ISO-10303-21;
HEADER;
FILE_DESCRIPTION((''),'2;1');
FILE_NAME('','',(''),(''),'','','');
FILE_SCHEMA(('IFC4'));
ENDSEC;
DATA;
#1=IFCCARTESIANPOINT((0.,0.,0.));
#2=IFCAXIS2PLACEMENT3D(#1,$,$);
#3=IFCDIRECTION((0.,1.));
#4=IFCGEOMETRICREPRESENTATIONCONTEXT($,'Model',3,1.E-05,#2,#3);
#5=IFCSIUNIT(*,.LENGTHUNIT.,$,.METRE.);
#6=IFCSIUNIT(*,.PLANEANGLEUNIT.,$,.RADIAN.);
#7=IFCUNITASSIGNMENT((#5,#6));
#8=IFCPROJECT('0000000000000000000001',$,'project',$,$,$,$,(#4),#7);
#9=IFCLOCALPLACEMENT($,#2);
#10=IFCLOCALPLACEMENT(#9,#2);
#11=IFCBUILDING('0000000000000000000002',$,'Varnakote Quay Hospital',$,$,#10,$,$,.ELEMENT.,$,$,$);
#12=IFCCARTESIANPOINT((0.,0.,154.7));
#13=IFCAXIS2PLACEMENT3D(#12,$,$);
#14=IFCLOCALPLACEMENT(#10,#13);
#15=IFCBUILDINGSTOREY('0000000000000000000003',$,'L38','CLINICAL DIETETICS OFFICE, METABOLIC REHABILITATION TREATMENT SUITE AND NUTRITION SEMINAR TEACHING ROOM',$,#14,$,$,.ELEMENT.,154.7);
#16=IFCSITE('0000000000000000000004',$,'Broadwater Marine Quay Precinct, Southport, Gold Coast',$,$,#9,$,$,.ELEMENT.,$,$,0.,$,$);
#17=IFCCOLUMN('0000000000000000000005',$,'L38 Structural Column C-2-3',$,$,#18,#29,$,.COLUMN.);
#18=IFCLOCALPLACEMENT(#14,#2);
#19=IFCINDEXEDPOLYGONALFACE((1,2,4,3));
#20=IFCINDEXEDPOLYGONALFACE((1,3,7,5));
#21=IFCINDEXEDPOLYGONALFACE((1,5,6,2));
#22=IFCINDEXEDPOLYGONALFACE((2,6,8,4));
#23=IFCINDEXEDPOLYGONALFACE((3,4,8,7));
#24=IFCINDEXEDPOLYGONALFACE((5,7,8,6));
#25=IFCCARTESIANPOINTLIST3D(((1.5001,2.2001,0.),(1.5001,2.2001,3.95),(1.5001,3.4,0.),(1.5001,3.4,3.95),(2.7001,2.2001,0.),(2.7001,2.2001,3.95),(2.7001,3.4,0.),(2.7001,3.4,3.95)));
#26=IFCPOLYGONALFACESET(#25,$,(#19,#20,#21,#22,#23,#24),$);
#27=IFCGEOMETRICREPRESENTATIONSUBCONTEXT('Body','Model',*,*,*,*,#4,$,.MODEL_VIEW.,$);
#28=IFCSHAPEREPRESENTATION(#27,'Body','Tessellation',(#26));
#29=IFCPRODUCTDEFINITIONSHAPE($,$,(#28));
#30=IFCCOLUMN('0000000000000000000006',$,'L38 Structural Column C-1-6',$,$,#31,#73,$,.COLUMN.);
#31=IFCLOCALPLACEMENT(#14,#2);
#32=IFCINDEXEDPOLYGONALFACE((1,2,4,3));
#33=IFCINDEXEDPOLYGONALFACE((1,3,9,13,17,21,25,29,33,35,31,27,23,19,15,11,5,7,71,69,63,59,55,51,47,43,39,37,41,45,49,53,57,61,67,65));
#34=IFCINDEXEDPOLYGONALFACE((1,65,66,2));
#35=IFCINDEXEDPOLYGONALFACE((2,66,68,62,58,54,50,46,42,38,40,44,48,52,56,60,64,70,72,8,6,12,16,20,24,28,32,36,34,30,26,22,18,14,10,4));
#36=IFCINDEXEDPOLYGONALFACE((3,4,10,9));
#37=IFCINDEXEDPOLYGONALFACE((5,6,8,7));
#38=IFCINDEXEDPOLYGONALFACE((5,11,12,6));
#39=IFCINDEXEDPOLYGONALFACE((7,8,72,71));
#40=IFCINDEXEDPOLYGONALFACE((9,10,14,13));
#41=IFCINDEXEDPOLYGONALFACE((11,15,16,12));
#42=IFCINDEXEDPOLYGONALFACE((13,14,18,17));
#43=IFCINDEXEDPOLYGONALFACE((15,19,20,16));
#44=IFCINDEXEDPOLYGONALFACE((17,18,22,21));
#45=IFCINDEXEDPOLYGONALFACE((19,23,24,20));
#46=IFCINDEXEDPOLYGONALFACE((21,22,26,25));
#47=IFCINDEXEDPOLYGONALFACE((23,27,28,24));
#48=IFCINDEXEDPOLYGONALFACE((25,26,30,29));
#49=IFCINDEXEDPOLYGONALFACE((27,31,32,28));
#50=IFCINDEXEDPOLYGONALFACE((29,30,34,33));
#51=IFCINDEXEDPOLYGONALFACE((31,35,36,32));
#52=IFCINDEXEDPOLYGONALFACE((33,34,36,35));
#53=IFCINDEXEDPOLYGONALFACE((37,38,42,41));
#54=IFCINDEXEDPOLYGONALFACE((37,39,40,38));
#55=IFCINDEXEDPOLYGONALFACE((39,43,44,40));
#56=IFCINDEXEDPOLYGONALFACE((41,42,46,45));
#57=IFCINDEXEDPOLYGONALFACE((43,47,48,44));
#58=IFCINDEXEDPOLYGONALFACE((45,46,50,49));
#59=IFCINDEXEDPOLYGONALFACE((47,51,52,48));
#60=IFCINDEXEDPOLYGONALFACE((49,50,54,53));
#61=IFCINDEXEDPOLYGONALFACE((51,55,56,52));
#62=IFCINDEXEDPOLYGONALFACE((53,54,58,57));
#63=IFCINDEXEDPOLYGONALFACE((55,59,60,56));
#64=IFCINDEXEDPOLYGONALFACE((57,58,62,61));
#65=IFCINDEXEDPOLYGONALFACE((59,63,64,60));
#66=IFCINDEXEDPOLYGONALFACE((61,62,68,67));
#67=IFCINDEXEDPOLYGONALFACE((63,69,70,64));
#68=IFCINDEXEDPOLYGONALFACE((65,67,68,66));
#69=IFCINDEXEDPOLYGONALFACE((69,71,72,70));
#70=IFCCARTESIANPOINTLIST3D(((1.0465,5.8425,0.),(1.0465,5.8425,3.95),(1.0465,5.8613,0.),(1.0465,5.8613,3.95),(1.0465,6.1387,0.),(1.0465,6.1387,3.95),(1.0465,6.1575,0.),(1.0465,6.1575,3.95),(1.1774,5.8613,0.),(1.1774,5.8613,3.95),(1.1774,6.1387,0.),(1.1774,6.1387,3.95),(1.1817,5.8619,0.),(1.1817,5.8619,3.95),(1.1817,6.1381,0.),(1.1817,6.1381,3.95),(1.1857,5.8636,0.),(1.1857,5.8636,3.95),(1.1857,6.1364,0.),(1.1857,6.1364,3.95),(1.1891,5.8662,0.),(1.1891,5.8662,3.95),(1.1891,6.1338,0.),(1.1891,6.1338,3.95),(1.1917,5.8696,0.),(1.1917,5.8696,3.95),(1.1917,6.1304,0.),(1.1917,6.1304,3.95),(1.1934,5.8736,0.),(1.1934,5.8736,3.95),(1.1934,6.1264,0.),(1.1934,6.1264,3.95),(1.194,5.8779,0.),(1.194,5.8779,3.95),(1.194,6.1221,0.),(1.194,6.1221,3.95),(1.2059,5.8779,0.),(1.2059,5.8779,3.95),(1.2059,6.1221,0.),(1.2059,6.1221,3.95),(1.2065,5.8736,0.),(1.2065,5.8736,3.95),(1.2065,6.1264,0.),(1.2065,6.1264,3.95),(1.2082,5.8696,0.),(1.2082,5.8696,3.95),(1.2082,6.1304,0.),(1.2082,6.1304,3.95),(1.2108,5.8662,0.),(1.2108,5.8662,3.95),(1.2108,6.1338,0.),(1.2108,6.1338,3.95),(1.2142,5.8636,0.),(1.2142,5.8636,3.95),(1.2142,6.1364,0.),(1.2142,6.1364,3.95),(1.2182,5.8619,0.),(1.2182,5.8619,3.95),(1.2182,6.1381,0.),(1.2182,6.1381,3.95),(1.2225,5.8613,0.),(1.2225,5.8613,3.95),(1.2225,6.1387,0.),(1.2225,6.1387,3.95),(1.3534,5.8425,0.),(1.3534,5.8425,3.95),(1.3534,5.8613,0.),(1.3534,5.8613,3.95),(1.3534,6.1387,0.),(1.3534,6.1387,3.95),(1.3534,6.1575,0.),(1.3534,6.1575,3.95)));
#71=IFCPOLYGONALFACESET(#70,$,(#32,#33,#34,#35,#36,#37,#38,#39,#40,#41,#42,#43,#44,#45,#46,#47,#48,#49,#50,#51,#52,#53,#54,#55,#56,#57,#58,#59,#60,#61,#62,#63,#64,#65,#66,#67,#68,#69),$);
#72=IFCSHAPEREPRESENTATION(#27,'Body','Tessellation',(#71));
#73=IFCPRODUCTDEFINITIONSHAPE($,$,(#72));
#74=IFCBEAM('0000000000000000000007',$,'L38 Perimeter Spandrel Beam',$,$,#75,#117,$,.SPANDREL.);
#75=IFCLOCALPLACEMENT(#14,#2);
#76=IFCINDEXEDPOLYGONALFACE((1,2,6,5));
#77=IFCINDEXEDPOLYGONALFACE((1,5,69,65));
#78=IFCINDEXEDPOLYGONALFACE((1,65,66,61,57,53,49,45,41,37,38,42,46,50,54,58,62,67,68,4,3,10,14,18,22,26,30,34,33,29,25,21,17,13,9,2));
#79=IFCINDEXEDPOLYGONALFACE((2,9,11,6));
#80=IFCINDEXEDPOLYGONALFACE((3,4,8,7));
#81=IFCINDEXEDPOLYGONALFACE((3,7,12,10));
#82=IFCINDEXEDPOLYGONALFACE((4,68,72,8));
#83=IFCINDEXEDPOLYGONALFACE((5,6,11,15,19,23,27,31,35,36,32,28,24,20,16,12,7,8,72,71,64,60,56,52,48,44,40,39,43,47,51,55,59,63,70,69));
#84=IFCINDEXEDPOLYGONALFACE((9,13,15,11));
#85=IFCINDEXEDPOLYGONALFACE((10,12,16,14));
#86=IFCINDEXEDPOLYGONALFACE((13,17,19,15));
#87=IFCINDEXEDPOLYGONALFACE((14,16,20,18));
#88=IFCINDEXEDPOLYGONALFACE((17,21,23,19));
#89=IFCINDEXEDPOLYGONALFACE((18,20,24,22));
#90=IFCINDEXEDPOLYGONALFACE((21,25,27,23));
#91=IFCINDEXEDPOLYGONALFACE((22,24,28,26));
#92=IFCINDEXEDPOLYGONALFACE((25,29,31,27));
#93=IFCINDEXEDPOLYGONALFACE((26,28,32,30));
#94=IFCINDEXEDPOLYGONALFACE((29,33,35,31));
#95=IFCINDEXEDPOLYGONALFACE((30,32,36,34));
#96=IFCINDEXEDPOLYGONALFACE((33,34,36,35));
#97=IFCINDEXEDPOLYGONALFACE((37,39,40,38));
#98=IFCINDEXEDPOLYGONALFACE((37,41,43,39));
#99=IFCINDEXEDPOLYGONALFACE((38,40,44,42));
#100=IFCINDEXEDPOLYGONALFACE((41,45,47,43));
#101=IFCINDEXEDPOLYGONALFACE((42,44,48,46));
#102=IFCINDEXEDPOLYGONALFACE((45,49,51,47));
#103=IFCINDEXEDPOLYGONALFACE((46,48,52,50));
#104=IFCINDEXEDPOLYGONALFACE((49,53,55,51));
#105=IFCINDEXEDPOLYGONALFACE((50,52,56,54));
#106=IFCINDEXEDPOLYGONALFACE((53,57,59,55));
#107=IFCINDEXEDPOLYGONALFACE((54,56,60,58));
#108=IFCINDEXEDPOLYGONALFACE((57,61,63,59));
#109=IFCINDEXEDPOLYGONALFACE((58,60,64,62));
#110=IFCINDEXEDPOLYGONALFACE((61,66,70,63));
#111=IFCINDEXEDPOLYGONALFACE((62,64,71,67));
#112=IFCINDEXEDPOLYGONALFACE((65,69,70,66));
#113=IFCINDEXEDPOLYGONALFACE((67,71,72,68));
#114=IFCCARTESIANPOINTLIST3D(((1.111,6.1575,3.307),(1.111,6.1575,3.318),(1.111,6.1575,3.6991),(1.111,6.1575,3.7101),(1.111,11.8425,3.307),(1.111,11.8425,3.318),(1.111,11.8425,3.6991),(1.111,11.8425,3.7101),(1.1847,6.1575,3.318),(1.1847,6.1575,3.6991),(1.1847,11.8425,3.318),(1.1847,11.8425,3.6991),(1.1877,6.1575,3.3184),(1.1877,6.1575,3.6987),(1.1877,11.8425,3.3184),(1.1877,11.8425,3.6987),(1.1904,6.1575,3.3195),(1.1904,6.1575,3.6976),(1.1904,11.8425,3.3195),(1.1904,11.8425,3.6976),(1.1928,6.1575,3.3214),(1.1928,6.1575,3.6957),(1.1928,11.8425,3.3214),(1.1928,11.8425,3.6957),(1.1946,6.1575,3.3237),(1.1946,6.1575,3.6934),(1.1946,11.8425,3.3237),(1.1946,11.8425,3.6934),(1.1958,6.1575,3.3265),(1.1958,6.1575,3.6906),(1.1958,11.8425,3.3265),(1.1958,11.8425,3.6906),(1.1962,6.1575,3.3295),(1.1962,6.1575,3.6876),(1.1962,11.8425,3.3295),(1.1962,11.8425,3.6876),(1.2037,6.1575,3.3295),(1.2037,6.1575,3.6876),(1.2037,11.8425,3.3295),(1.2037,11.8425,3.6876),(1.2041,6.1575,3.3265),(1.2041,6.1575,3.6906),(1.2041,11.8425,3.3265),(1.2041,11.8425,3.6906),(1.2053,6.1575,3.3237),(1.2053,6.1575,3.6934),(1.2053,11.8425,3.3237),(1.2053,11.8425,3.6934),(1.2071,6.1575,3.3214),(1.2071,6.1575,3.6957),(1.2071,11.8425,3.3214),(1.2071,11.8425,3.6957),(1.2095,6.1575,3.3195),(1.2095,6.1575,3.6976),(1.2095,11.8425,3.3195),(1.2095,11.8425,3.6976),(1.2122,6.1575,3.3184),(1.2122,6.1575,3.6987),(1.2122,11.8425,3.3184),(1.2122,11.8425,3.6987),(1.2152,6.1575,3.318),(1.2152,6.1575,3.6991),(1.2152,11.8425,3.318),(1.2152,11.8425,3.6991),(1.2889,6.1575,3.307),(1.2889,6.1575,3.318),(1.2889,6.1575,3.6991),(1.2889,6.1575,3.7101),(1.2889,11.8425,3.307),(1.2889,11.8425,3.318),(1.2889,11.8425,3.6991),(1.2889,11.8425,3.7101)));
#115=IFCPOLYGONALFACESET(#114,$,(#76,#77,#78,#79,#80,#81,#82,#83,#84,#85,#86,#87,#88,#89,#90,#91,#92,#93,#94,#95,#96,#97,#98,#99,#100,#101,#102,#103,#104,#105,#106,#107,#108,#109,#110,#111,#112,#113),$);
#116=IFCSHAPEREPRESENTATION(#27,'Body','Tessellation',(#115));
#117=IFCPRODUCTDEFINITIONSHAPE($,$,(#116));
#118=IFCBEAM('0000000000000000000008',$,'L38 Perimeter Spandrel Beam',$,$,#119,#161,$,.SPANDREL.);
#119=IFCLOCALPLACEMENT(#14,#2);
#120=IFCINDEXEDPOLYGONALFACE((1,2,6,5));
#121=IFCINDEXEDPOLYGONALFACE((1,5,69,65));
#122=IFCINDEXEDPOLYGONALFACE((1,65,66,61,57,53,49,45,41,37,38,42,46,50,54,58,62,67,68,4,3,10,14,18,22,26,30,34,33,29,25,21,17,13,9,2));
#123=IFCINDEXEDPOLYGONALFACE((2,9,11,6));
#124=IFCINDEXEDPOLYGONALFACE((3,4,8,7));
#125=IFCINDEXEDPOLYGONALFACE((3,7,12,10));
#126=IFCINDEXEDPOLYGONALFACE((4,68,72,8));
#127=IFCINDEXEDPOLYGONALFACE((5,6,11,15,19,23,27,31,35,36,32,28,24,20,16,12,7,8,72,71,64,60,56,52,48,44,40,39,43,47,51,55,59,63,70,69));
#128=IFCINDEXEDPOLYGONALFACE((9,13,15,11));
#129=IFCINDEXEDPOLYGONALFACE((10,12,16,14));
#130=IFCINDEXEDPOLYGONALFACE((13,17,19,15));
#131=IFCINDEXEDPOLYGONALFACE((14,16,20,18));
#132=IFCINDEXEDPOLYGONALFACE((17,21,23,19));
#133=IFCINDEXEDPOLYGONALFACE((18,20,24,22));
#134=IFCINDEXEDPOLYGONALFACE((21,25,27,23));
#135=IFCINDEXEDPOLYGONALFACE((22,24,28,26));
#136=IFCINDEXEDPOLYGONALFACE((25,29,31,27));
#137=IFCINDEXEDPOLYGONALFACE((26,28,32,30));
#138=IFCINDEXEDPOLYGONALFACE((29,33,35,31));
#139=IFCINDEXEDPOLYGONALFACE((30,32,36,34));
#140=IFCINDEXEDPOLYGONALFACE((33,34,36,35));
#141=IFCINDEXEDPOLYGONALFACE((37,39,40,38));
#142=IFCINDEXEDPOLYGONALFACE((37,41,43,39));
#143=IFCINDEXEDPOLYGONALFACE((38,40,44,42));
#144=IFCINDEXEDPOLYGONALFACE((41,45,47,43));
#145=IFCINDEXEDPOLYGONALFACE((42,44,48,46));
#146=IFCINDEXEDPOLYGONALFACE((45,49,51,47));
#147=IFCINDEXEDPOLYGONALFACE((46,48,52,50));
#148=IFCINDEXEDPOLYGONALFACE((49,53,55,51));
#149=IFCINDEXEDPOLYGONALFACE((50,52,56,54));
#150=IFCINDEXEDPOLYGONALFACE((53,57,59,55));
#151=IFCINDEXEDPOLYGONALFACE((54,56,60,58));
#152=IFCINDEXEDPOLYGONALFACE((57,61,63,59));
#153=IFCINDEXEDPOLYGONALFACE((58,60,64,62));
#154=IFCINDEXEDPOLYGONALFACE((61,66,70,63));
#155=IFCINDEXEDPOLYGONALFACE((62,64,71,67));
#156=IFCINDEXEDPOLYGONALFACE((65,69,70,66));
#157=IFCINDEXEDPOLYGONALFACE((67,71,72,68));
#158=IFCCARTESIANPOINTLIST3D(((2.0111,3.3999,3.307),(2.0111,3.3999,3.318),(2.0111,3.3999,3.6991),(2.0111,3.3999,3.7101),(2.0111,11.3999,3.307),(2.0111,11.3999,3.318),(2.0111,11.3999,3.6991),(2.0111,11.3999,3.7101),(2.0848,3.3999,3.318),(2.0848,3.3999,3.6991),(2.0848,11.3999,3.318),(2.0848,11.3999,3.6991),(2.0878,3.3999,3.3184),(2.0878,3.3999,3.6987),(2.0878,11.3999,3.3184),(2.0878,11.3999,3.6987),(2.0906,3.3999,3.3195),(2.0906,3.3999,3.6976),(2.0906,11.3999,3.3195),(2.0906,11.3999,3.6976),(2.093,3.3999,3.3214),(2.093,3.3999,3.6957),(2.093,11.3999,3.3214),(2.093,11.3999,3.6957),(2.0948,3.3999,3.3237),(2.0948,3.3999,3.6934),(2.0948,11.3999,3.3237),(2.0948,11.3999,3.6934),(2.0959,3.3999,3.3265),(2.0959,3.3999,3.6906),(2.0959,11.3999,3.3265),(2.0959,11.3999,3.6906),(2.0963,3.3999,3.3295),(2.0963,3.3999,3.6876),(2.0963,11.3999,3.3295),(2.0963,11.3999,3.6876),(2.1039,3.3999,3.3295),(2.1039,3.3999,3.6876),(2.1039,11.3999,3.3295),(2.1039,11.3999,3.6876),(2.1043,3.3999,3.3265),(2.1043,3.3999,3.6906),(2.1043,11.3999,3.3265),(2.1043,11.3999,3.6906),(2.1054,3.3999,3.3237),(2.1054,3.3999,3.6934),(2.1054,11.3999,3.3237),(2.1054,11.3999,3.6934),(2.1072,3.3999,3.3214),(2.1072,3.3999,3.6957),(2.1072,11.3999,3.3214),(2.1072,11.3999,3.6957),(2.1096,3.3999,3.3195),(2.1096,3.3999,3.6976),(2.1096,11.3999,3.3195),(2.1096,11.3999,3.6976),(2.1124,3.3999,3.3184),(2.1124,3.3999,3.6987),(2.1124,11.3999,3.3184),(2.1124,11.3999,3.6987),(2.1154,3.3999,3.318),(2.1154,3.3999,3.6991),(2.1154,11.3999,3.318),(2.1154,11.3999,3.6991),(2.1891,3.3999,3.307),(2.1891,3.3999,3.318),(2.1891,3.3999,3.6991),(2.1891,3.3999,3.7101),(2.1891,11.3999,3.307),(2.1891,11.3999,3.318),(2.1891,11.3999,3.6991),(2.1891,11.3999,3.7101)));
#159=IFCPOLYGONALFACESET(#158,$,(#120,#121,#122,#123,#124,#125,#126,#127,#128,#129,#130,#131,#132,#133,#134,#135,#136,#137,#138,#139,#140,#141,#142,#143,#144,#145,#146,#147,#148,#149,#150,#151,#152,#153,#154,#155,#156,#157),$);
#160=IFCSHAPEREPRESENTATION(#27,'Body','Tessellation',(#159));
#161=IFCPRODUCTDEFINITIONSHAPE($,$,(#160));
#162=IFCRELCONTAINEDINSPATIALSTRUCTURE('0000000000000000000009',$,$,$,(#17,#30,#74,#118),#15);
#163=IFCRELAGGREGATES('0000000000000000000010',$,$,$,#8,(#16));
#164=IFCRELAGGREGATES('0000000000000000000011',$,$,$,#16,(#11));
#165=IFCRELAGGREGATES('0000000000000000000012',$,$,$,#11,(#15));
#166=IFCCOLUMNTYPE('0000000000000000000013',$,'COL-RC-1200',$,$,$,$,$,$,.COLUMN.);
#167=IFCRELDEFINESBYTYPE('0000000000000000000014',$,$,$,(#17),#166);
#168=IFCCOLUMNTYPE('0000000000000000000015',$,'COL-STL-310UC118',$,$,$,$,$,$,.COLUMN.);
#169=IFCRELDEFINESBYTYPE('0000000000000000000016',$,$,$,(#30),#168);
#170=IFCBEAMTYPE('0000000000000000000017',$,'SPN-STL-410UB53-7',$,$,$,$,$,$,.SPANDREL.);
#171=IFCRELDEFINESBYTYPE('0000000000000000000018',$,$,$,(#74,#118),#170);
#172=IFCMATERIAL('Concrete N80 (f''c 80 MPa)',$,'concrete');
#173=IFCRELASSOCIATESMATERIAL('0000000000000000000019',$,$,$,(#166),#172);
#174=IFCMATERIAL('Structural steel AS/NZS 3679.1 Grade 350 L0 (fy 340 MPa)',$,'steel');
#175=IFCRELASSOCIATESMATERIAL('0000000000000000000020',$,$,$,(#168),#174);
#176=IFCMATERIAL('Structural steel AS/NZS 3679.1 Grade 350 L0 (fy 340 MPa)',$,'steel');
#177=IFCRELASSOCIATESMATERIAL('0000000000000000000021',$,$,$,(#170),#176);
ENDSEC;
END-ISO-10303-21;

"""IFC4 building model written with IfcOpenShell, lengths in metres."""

from ifc_helpers import new_model, si_unit, direction, frame, origin, origin_2d, place, context, subcontext, project, spatial, rectangle, i_section, extrude, material, material_profile, profile_set, type_object, element, save


model = new_model("IFC4")

# Units and contexts
model_context = context("Model", 3, precision=1e-05, world=origin(), true_north=direction((0.0, 1.0)))
body_context = subcontext(model_context, "Body", "Model", "MODEL_VIEW")
ifc_project = project(units=[si_unit("LENGTHUNIT", "METRE"), si_unit("PLANEANGLEUNIT", "RADIAN")], contexts=[model_context])

# Site, building, storey
site_placement = place(None, origin())
site = spatial("IfcSite", under=ifc_project, at=site_placement, Name="Broadwater Marine Quay Precinct, Southport, Gold Coast", CompositionType="ELEMENT", RefElevation=0.0)
building_placement = place(site_placement, origin())
building = spatial("IfcBuilding", under=site, at=building_placement, Name="Varnakote Quay Hospital", CompositionType="ELEMENT")
storey_placement = place(building_placement, frame((0.0, 0.0, 154.7)))
storey = spatial("IfcBuildingStorey", under=building, at=storey_placement, Name="L38", Description="CLINICAL DIETETICS OFFICE, METABOLIC REHABILITATION TREATMENT SUITE AND NUTRITION SEMINAR TEACHING ROOM", CompositionType="ELEMENT", Elevation=154.7)

# Columns
ifc_material_1 = material(Name="Concrete N80 (f'c 80 MPa)", Category="concrete")
ifc_material_profile_1 = material_profile(ifc_material_1, rectangle(XDim=1.2, YDim=1.2, at=origin_2d()), Name="RC-COL-1200x1200")
ifc_profile_set_1 = profile_set([ifc_material_profile_1], Name="Concrete N80 (f'c 80 MPa)")
column_type_1 = type_object("IfcColumnType", Name="COL-RC-1200", PredefinedType="COLUMN", material=ifc_profile_set_1)
column_1_placement = place(storey_placement, frame((2.1001, 2.8, 0.0), z_axis=(0.0, 0.0, 1.0), x_axis=(1.0, 0.0, 0.0)))
element("IfcColumn", 1, at=column_1_placement, inside=storey, type_object=column_type_1, Name="L38 Structural Column C-2-3", PredefinedType="COLUMN", context=body_context, shape_type="SweptSolid", body=[
    extrude(rectangle(XDim=1.2, YDim=1.2, at=origin_2d()), origin(), (0.0, 0.0, 1.0), 3.95),
])
ifc_material_2 = material(Name="Structural steel AS/NZS 3679.1 Grade 350 L0 (fy 340 MPa)", Category="steel")
ifc_material_profile_2 = material_profile(ifc_material_2, i_section(OverallWidth=0.3069, OverallDepth=0.3149, WebThickness=0.012, FlangeThickness=0.0188, FilletRadius=0.0166, at=origin_2d()), Name="310UC118")
ifc_profile_set_2 = profile_set([ifc_material_profile_2], Name="Structural steel AS/NZS 3679.1 Grade 350 L0 (fy 340 MPa)")
column_type_2 = type_object("IfcColumnType", Name="COL-STL-310UC118", PredefinedType="COLUMN", material=ifc_profile_set_2)
column_2_placement = place(storey_placement, frame((1.2, 6.0, 0.0), z_axis=(0.0, 0.0, 1.0), x_axis=(1.0, 0.0, 0.0)))
element("IfcColumn", 2, at=column_2_placement, inside=storey, type_object=column_type_2, Name="L38 Structural Column C-1-6", PredefinedType="COLUMN", context=body_context, shape_type="SweptSolid", body=[
    extrude(i_section(OverallWidth=0.3069, OverallDepth=0.3149, WebThickness=0.012, FlangeThickness=0.0188, FilletRadius=0.0166, at=origin_2d()), origin(), (0.0, 0.0, 1.0), 3.95),
])

# Beams
ifc_material_3 = material(Name="Structural steel AS/NZS 3679.1 Grade 350 L0 (fy 340 MPa)", Category="steel")
ifc_material_profile_3 = material_profile(ifc_material_3, i_section(OverallWidth=0.178, OverallDepth=0.4031, WebThickness=0.0076, FlangeThickness=0.011, FilletRadius=0.0115, at=origin_2d()), Name="410UB53.7")
ifc_profile_set_3 = profile_set([ifc_material_profile_3], Name="Structural steel AS/NZS 3679.1 Grade 350 L0 (fy 340 MPa)")
beam_type_1 = type_object("IfcBeamType", Name="SPN-STL-410UB53-7", PredefinedType="SPANDREL", material=ifc_profile_set_3)
beam_1_placement = place(storey_placement, frame((1.2, 6.1575, 3.5085), z_axis=(0.0, 1.0, 0.0), x_axis=(-1.0, 0.0, 0.0)))
element("IfcBeam", 3, at=beam_1_placement, inside=storey, type_object=beam_type_1, Name="L38 Perimeter Spandrel Beam", PredefinedType="SPANDREL", context=body_context, shape_type="SweptSolid", body=[
    extrude(i_section(OverallWidth=0.178, OverallDepth=0.4031, WebThickness=0.0076, FlangeThickness=0.011, FilletRadius=0.0115, at=origin_2d()), origin(), (0.0, 0.0, 1.0), 5.6851),
])
beam_2_placement = place(storey_placement, frame((2.1001, 3.3999, 3.5085), z_axis=(0.0, 1.0, 0.0), x_axis=(-1.0, 0.0, 0.0)))
element("IfcBeam", 4, at=beam_2_placement, inside=storey, type_object=beam_type_1, Name="L38 Perimeter Spandrel Beam", PredefinedType="SPANDREL", context=body_context, shape_type="SweptSolid", body=[
    extrude(i_section(OverallWidth=0.178, OverallDepth=0.4031, WebThickness=0.0076, FlangeThickness=0.011, FilletRadius=0.0115, at=origin_2d()), origin(), (0.0, 0.0, 1.0), 8.0),
])

save(model, "model.ifc")
